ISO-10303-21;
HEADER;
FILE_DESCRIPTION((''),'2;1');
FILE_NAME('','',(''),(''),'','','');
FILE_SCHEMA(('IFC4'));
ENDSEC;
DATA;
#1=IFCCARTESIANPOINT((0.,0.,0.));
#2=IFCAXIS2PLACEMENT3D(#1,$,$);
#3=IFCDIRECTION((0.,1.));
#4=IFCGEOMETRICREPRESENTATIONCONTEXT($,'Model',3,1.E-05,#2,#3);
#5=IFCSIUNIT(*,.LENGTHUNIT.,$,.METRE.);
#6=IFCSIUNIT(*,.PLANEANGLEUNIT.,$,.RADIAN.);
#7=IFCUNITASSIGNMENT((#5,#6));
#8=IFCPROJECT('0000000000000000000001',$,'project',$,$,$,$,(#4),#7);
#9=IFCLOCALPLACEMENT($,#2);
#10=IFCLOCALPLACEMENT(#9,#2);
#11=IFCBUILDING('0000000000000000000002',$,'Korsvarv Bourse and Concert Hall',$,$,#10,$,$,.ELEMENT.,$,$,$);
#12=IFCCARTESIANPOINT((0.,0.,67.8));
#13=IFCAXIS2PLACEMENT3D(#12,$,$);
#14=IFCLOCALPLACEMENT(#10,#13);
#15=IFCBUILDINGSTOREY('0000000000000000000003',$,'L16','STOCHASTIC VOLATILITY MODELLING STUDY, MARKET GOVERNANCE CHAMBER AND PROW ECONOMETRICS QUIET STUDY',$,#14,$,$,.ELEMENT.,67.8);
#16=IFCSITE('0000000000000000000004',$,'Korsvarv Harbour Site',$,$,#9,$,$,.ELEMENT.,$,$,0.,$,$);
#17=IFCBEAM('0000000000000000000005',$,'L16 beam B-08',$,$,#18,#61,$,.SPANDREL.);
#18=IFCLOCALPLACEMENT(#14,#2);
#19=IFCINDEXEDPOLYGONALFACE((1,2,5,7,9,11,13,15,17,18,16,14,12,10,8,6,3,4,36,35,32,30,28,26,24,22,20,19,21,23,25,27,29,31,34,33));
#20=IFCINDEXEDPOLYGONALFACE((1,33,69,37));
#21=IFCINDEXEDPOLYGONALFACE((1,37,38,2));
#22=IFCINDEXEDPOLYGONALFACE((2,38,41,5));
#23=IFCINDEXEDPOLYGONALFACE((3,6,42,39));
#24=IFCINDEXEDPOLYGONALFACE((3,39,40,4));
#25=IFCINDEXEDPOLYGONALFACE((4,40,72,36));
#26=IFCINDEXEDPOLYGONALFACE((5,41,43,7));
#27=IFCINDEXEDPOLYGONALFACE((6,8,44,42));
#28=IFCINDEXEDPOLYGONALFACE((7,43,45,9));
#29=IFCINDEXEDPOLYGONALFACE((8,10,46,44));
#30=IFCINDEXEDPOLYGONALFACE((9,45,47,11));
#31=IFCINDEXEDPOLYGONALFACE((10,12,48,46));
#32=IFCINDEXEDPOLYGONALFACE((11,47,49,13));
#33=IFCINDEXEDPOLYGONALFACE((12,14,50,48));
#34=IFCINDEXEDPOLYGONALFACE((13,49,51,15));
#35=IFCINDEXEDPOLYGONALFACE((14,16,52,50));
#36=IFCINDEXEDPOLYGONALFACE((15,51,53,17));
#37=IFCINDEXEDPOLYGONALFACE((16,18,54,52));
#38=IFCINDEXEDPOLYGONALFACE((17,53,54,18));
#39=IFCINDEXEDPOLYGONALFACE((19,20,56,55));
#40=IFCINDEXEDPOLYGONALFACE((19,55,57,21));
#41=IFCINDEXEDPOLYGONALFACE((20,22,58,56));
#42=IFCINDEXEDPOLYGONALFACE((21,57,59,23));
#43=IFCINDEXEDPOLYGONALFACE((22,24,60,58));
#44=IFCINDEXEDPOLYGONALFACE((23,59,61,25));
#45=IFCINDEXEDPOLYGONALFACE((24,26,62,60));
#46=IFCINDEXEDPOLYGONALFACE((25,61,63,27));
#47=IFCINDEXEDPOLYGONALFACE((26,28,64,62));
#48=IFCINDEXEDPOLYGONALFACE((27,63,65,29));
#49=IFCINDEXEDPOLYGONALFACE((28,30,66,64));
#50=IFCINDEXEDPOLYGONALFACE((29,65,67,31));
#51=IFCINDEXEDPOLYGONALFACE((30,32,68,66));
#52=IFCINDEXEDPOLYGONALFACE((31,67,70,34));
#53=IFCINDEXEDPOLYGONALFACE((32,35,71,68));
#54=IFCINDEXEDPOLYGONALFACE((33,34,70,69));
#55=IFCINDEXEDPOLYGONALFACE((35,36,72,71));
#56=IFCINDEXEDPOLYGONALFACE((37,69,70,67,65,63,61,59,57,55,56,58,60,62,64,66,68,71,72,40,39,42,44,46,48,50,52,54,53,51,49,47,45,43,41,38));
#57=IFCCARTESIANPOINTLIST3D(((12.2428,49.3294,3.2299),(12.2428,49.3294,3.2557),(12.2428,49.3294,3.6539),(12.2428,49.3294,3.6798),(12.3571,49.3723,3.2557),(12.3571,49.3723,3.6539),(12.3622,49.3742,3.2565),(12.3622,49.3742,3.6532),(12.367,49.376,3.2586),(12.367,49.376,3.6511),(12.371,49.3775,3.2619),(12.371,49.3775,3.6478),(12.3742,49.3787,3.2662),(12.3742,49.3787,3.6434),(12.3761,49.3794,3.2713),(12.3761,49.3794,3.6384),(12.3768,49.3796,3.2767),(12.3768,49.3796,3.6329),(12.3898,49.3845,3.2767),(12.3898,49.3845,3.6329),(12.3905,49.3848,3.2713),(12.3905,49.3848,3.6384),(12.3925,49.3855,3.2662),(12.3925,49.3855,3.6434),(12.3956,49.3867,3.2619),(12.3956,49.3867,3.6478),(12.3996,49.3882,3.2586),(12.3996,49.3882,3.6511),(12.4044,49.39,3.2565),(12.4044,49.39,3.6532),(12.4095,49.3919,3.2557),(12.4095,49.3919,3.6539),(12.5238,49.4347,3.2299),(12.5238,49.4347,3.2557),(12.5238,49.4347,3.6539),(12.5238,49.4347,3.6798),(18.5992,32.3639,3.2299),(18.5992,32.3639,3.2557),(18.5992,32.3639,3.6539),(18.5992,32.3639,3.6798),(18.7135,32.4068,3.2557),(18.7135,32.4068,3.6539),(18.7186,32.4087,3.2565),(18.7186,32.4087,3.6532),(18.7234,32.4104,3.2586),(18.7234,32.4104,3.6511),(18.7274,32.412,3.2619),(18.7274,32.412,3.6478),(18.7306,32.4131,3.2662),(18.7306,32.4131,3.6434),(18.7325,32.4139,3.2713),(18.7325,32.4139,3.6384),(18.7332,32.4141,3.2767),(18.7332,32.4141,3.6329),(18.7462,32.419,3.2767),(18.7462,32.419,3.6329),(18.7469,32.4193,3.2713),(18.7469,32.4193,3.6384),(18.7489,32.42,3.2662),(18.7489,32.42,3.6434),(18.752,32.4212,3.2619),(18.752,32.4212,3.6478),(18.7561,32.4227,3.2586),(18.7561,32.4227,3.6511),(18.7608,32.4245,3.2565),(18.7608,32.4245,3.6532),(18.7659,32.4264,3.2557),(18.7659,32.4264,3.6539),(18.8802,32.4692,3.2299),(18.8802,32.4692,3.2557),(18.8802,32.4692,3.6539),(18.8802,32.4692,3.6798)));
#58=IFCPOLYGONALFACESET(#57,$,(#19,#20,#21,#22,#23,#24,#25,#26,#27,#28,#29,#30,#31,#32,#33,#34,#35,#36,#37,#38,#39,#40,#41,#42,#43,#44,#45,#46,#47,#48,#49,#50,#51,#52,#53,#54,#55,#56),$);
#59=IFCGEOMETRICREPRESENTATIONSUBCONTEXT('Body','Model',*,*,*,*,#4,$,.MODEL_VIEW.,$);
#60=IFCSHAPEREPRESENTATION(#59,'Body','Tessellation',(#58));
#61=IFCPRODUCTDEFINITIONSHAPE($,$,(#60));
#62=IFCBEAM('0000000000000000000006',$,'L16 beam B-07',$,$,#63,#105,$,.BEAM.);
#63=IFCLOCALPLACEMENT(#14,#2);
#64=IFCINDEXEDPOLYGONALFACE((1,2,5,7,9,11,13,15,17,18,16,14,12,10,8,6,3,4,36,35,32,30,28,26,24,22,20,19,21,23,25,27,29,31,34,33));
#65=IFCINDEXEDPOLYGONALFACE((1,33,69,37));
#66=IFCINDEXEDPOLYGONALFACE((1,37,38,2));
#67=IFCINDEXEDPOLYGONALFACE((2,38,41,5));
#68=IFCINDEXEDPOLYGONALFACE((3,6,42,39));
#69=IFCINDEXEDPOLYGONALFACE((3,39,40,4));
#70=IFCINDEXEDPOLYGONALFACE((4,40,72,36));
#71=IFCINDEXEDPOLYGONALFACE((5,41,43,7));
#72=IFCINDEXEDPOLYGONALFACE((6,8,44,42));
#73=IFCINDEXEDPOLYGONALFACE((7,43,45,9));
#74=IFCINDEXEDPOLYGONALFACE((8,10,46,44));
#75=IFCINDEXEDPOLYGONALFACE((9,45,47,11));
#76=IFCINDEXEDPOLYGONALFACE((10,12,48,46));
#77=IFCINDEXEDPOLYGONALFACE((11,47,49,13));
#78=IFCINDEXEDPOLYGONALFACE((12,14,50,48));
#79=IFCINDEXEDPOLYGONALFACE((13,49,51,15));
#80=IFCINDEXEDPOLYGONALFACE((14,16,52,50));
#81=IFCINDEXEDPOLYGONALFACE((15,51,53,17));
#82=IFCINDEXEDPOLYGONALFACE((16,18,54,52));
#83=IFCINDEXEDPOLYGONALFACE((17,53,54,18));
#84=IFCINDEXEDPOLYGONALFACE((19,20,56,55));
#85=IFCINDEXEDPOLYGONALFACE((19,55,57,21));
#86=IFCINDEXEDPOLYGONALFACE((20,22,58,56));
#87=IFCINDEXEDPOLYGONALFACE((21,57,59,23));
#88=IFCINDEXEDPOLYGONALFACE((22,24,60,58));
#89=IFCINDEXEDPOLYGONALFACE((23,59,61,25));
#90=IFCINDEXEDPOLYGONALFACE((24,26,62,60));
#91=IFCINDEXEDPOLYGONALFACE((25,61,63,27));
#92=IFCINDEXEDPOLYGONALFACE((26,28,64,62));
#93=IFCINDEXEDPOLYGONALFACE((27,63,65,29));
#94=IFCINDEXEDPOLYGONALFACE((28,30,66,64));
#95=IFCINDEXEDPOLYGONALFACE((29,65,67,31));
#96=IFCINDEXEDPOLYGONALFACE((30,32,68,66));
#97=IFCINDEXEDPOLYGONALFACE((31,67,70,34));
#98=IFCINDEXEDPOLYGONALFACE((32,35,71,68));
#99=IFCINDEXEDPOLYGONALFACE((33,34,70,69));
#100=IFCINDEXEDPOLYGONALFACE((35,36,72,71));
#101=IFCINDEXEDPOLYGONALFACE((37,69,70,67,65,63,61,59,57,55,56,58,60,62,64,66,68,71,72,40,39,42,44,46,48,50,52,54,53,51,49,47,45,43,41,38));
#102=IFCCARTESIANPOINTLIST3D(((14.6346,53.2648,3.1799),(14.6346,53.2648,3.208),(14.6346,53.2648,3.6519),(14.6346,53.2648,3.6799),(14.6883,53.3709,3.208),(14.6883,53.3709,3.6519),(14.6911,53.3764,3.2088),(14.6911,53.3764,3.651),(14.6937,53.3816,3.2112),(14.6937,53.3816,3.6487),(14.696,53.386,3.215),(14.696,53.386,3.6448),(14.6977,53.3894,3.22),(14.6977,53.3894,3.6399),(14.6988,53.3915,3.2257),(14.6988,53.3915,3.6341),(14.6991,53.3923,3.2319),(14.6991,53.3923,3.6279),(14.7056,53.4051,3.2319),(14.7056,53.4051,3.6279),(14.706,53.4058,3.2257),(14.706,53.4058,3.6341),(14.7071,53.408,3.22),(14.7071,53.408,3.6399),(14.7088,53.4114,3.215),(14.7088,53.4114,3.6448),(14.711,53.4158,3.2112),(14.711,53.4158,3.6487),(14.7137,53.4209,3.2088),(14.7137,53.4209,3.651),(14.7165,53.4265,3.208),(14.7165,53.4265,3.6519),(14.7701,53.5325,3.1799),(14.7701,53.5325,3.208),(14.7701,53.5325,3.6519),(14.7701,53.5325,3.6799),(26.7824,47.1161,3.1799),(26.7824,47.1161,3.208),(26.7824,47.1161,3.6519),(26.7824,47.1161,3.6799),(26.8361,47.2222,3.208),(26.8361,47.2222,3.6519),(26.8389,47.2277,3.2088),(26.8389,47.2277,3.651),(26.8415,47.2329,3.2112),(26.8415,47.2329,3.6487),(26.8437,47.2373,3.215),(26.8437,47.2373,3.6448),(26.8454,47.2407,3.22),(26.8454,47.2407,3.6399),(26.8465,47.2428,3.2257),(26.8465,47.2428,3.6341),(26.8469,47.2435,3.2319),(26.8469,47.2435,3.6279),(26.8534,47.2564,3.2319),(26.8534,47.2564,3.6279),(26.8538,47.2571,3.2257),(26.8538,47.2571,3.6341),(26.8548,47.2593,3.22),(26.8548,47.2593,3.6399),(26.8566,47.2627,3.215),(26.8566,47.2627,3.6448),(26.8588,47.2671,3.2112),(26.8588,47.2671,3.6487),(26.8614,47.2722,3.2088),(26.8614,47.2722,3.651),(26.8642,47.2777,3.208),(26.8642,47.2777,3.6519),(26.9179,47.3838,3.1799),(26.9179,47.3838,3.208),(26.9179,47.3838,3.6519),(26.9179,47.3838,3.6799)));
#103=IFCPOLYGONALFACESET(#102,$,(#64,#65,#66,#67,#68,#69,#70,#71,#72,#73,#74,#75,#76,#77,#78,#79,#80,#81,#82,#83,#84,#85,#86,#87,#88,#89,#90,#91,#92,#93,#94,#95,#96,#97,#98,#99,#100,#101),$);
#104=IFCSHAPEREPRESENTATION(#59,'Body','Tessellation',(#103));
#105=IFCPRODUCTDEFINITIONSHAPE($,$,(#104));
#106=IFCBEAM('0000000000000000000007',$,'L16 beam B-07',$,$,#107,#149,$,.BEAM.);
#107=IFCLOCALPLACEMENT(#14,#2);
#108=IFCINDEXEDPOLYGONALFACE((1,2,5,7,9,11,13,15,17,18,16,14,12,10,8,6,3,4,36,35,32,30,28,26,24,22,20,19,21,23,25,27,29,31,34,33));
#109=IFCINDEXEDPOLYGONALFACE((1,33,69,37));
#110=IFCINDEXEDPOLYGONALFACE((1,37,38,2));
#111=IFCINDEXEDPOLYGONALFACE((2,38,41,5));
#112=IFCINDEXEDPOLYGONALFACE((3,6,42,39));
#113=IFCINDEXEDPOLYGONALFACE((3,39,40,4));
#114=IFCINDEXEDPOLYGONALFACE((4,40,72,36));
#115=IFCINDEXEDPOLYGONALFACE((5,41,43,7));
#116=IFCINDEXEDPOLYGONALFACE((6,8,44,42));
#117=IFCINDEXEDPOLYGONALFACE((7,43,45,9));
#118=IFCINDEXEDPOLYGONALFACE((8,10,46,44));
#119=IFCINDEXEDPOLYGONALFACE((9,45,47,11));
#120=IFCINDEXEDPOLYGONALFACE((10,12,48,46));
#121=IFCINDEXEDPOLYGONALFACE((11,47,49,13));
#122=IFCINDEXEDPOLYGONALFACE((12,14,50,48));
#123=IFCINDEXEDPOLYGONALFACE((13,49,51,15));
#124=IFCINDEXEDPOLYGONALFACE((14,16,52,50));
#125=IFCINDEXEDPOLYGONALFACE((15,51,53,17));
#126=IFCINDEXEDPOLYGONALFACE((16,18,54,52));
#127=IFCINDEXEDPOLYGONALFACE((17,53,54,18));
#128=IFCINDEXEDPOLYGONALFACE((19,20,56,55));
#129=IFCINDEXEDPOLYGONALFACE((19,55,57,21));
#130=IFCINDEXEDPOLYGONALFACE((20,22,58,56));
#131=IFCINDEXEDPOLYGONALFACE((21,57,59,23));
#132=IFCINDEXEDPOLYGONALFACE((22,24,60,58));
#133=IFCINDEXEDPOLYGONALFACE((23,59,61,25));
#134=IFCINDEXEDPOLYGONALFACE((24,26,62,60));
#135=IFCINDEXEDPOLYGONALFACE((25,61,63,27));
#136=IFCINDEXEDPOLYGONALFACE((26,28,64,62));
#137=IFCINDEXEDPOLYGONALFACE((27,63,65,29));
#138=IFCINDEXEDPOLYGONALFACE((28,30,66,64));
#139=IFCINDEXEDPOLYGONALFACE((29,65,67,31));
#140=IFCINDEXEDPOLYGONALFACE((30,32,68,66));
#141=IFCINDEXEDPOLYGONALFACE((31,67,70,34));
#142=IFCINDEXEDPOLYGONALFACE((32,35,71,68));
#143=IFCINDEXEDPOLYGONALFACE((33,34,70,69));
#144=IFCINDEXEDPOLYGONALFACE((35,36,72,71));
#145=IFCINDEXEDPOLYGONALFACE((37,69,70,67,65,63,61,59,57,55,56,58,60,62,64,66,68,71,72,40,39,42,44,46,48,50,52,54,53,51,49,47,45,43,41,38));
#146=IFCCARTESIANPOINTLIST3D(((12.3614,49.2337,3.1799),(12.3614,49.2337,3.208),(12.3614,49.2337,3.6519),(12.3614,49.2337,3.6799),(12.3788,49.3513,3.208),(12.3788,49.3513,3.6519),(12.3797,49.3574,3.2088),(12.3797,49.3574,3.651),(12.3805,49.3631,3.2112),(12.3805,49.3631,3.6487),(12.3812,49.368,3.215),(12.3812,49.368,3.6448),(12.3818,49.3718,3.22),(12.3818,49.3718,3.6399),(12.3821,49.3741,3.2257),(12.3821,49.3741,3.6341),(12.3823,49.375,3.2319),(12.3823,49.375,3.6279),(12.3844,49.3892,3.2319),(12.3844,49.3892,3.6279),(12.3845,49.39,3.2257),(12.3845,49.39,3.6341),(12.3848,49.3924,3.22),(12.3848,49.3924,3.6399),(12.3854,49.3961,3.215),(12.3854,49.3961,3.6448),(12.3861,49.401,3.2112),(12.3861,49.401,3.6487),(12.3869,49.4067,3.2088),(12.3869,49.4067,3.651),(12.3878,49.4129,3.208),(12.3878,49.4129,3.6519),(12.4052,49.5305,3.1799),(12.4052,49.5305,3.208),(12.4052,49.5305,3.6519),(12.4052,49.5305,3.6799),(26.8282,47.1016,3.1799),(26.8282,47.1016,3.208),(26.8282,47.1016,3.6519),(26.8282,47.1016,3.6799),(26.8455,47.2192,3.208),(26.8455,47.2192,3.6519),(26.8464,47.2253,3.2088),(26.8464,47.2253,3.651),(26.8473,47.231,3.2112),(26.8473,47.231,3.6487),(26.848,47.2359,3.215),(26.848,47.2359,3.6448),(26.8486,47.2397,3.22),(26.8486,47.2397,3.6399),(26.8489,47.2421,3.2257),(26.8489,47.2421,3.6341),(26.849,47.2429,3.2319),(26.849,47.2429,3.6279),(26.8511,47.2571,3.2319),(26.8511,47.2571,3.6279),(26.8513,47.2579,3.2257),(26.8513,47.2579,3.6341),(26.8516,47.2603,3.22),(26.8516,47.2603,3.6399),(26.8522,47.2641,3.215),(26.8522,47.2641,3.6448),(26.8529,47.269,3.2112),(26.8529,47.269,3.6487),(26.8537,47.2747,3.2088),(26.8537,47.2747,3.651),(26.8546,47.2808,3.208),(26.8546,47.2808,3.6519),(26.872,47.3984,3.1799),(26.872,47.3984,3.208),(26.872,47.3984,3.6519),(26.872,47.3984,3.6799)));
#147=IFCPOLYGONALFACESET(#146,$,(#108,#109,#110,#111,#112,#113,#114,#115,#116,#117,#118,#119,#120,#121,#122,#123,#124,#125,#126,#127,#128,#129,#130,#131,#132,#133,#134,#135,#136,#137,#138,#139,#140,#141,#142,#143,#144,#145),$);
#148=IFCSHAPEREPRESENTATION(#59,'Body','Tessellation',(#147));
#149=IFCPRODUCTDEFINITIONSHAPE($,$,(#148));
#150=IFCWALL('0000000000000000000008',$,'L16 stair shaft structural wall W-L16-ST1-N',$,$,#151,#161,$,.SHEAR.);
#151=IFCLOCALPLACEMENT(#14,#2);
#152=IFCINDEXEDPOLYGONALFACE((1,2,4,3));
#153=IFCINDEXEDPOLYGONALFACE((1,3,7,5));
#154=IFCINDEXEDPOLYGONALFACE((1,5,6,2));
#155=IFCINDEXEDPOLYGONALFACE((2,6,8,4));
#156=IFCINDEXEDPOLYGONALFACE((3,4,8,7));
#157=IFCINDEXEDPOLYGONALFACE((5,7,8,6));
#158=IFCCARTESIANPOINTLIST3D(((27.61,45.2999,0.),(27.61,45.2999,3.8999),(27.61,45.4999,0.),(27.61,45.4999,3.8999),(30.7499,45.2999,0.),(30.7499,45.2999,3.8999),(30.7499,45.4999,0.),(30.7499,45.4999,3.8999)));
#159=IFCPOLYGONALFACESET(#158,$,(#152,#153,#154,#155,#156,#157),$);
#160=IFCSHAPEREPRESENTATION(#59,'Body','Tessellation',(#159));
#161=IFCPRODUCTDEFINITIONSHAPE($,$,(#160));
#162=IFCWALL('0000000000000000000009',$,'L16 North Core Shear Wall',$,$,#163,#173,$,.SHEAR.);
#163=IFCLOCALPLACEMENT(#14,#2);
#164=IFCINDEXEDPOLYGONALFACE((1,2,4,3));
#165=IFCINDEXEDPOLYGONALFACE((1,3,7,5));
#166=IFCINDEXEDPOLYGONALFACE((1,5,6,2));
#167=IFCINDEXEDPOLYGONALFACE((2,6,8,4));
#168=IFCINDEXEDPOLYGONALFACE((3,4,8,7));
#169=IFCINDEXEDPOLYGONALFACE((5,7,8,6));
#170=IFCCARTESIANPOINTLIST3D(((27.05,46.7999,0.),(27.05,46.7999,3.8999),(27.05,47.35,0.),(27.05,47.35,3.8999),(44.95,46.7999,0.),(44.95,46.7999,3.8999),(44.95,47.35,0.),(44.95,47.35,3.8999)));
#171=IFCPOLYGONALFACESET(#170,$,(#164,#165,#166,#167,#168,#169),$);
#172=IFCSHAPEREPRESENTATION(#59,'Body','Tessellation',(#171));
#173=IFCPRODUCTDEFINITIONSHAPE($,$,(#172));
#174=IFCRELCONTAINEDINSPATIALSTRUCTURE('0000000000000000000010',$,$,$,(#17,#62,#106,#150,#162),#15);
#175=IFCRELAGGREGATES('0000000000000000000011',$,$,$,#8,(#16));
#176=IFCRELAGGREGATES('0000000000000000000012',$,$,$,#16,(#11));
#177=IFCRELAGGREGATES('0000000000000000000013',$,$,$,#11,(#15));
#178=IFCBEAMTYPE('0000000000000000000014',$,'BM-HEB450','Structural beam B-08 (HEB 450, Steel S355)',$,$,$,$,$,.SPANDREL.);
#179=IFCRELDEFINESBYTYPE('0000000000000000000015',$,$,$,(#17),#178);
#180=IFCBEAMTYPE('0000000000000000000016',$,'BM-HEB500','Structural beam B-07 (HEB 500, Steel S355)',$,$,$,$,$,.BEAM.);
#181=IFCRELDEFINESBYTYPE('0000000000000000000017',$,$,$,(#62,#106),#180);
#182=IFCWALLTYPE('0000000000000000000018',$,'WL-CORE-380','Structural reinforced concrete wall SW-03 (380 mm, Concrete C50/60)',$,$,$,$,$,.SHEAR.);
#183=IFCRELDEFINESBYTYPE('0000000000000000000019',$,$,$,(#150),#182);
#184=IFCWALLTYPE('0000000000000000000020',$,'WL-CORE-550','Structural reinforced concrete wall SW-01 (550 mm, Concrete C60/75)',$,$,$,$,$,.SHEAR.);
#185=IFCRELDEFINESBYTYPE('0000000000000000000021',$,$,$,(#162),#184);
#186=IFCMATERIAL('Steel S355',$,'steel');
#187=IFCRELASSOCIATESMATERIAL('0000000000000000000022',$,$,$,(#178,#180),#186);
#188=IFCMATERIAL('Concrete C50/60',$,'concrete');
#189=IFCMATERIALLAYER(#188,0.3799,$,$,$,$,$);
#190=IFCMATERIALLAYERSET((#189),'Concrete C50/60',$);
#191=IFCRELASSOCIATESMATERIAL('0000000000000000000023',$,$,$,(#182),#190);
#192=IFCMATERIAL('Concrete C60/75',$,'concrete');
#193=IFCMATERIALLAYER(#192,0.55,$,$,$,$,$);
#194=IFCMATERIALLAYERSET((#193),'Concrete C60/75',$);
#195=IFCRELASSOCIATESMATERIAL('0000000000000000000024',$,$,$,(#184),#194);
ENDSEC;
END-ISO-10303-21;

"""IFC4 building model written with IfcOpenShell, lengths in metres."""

from ifc_helpers import new_model, si_unit, direction, frame, frame_2d, origin, origin_2d, place, context, subcontext, project, spatial, rectangle, i_section, extrude, source, transform, mapped, material, layer, layer_set, material_profile, profile_set, type_object, element, save


model = new_model("IFC4")

# Units and contexts
model_context = context("Model", 3, precision=1e-05, world=origin(), true_north=direction((0.0, 1.0)))
body_context = subcontext(model_context, "Body", "Model", "MODEL_VIEW")
ifc_project = project(units=[si_unit("LENGTHUNIT", "METRE"), si_unit("PLANEANGLEUNIT", "RADIAN")], contexts=[model_context])

# Site, building, storey
site_placement = place(None, origin())
site = spatial("IfcSite", under=ifc_project, at=site_placement, Name="Korsvarv Harbour Site", CompositionType="ELEMENT", RefElevation=0.0)
building_placement = place(site_placement, origin())
building = spatial("IfcBuilding", under=site, at=building_placement, Name="Korsvarv Bourse and Concert Hall", CompositionType="ELEMENT")
storey_placement = place(building_placement, frame((0.0, 0.0, 67.8)))
storey = spatial("IfcBuildingStorey", under=building, at=storey_placement, Name="L16", Description="STOCHASTIC VOLATILITY MODELLING STUDY, MARKET GOVERNANCE CHAMBER AND PROW ECONOMETRICS QUIET STUDY", CompositionType="ELEMENT", Elevation=67.8)

# Shared definitions
ifc_material_1 = material(Name="Concrete C60/75", Category="concrete")

# Beams
ifc_material_2 = material(Name="Steel S355", Category="steel")
ifc_material_profile_1 = material_profile(ifc_material_2, i_section(OverallWidth=0.3, OverallDepth=0.45, WebThickness=0.0139, FlangeThickness=0.0259, FilletRadius=0.021, at=origin_2d()), Name="HEB 450")
ifc_profile_set_1 = profile_set([ifc_material_profile_1], Name="Steel S355")
beam_type_1 = type_object("IfcBeamType", Name="BM-HEB450", Description="Structural beam B-08 (HEB 450, Steel S355)", PredefinedType="SPANDREL", material=ifc_profile_set_1)
shared_shape_1 = source(origin(), body_context, "Body", "SweptSolid", [
    extrude(i_section(OverallWidth=0.3, OverallDepth=0.45, WebThickness=0.0139, FlangeThickness=0.0259, FilletRadius=0.021, at=origin_2d()), origin(), (0.0, 0.0, 1.0), 18.1172),
])
beam_1_placement = place(storey_placement, frame((12.3833, 49.3821, 3.4548), z_axis=(0.35085, -0.936432, 0.0), x_axis=(0.936432, 0.35085, 0.0)))
element("IfcBeam", 1, at=beam_1_placement, inside=storey, type_object=beam_type_1, Name="L16 beam B-08", PredefinedType="SPANDREL", context=body_context, shape_type="MappedRepresentation", body=[
    mapped(shared_shape_1, transform((0.0, 0.0, 0.0), scale=1.0)),
])
ifc_material_profile_2 = material_profile(ifc_material_2, i_section(OverallWidth=0.3, OverallDepth=0.5, WebThickness=0.0144, FlangeThickness=0.0281, FilletRadius=0.0239, at=origin_2d()), Name="HEB 500")
ifc_profile_set_2 = profile_set([ifc_material_profile_2], Name="Steel S355")
beam_type_2 = type_object("IfcBeamType", Name="BM-HEB500", Description="Structural beam B-07 (HEB 500, Steel S355)", PredefinedType="BEAM", material=ifc_profile_set_2)
shared_shape_2 = source(origin(), body_context, "Body", "SweptSolid", [
    extrude(i_section(OverallWidth=0.3, OverallDepth=0.5, WebThickness=0.0144, FlangeThickness=0.0281, FilletRadius=0.0239, at=origin_2d()), origin(), (0.0, 0.0, 1.0), 13.6152),
])
beam_2_placement = place(storey_placement, frame((14.7024, 53.3987, 3.4299), z_axis=(0.892218, -0.451605, 0.0), x_axis=(0.451605, 0.892218, 0.0)))
element("IfcBeam", 2, at=beam_2_placement, inside=storey, type_object=beam_type_2, Name="L16 beam B-07", PredefinedType="BEAM", context=body_context, shape_type="MappedRepresentation", body=[
    mapped(shared_shape_2, transform((0.0, 0.0, 0.0), scale=1.0)),
])
shared_shape_3 = source(origin(), body_context, "Body", "SweptSolid", [
    extrude(i_section(OverallWidth=0.3, OverallDepth=0.5, WebThickness=0.0144, FlangeThickness=0.0281, FilletRadius=0.0239, at=origin_2d()), origin(), (0.0, 0.0, 1.0), 14.623),
])
beam_3_placement = place(storey_placement, frame((12.3833, 49.3821, 3.4299), z_axis=(0.989314, -0.145803, 0.0), x_axis=(0.145803, 0.989314, 0.0)))
element("IfcBeam", 3, at=beam_3_placement, inside=storey, type_object=beam_type_2, Name="L16 beam B-07", PredefinedType="BEAM", context=body_context, shape_type="MappedRepresentation", body=[
    mapped(shared_shape_3, transform((0.0, 0.0, 0.0), scale=1.0)),
])

# Walls
ifc_material_3 = material(Name="Concrete C50/60", Category="concrete")
ifc_layer_1 = layer(ifc_material_3, 0.3799)
ifc_layer_set_1 = layer_set([ifc_layer_1], Name="Concrete C50/60")
wall_type_1 = type_object("IfcWallType", Name="WL-CORE-380", Description="Structural reinforced concrete wall SW-03 (380 mm, Concrete C50/60)", PredefinedType="SHEAR", material=ifc_layer_set_1)
wall_1_placement = place(storey_placement, frame((27.6101, 45.3999, 0.0), z_axis=(0.0, 0.0, 1.0), x_axis=(1.0, 0.0, 0.0)))
element("IfcWall", 4, at=wall_1_placement, inside=storey, type_object=wall_type_1, Name="L16 stair shaft structural wall W-L16-ST1-N", PredefinedType="SHEAR", context=body_context, shape_type="SweptSolid", body=[
    extrude(rectangle(XDim=3.1399, YDim=0.2, at=frame_2d((1.5698, 0.0))), origin(), (0.0, 0.0, 1.0), 3.8999),
])
ifc_layer_2 = layer(ifc_material_1, 0.55)
ifc_layer_set_2 = layer_set([ifc_layer_2], Name="Concrete C60/75")
wall_type_2 = type_object("IfcWallType", Name="WL-CORE-550", Description="Structural reinforced concrete wall SW-01 (550 mm, Concrete C60/75)", PredefinedType="SHEAR", material=ifc_layer_set_2)
wall_2_placement = place(storey_placement, frame((27.05, 47.075, 0.0), z_axis=(0.0, 0.0, 1.0), x_axis=(1.0, 0.0, 0.0)))
element("IfcWall", 5, at=wall_2_placement, inside=storey, type_object=wall_type_2, Name="L16 North Core Shear Wall", PredefinedType="SHEAR", context=body_context, shape_type="SweptSolid", body=[
    extrude(rectangle(XDim=17.8999, YDim=0.55, at=frame_2d((8.95, 0.0))), origin(), (0.0, 0.0, 1.0), 3.8999),
])

save(model, "model.ifc")
